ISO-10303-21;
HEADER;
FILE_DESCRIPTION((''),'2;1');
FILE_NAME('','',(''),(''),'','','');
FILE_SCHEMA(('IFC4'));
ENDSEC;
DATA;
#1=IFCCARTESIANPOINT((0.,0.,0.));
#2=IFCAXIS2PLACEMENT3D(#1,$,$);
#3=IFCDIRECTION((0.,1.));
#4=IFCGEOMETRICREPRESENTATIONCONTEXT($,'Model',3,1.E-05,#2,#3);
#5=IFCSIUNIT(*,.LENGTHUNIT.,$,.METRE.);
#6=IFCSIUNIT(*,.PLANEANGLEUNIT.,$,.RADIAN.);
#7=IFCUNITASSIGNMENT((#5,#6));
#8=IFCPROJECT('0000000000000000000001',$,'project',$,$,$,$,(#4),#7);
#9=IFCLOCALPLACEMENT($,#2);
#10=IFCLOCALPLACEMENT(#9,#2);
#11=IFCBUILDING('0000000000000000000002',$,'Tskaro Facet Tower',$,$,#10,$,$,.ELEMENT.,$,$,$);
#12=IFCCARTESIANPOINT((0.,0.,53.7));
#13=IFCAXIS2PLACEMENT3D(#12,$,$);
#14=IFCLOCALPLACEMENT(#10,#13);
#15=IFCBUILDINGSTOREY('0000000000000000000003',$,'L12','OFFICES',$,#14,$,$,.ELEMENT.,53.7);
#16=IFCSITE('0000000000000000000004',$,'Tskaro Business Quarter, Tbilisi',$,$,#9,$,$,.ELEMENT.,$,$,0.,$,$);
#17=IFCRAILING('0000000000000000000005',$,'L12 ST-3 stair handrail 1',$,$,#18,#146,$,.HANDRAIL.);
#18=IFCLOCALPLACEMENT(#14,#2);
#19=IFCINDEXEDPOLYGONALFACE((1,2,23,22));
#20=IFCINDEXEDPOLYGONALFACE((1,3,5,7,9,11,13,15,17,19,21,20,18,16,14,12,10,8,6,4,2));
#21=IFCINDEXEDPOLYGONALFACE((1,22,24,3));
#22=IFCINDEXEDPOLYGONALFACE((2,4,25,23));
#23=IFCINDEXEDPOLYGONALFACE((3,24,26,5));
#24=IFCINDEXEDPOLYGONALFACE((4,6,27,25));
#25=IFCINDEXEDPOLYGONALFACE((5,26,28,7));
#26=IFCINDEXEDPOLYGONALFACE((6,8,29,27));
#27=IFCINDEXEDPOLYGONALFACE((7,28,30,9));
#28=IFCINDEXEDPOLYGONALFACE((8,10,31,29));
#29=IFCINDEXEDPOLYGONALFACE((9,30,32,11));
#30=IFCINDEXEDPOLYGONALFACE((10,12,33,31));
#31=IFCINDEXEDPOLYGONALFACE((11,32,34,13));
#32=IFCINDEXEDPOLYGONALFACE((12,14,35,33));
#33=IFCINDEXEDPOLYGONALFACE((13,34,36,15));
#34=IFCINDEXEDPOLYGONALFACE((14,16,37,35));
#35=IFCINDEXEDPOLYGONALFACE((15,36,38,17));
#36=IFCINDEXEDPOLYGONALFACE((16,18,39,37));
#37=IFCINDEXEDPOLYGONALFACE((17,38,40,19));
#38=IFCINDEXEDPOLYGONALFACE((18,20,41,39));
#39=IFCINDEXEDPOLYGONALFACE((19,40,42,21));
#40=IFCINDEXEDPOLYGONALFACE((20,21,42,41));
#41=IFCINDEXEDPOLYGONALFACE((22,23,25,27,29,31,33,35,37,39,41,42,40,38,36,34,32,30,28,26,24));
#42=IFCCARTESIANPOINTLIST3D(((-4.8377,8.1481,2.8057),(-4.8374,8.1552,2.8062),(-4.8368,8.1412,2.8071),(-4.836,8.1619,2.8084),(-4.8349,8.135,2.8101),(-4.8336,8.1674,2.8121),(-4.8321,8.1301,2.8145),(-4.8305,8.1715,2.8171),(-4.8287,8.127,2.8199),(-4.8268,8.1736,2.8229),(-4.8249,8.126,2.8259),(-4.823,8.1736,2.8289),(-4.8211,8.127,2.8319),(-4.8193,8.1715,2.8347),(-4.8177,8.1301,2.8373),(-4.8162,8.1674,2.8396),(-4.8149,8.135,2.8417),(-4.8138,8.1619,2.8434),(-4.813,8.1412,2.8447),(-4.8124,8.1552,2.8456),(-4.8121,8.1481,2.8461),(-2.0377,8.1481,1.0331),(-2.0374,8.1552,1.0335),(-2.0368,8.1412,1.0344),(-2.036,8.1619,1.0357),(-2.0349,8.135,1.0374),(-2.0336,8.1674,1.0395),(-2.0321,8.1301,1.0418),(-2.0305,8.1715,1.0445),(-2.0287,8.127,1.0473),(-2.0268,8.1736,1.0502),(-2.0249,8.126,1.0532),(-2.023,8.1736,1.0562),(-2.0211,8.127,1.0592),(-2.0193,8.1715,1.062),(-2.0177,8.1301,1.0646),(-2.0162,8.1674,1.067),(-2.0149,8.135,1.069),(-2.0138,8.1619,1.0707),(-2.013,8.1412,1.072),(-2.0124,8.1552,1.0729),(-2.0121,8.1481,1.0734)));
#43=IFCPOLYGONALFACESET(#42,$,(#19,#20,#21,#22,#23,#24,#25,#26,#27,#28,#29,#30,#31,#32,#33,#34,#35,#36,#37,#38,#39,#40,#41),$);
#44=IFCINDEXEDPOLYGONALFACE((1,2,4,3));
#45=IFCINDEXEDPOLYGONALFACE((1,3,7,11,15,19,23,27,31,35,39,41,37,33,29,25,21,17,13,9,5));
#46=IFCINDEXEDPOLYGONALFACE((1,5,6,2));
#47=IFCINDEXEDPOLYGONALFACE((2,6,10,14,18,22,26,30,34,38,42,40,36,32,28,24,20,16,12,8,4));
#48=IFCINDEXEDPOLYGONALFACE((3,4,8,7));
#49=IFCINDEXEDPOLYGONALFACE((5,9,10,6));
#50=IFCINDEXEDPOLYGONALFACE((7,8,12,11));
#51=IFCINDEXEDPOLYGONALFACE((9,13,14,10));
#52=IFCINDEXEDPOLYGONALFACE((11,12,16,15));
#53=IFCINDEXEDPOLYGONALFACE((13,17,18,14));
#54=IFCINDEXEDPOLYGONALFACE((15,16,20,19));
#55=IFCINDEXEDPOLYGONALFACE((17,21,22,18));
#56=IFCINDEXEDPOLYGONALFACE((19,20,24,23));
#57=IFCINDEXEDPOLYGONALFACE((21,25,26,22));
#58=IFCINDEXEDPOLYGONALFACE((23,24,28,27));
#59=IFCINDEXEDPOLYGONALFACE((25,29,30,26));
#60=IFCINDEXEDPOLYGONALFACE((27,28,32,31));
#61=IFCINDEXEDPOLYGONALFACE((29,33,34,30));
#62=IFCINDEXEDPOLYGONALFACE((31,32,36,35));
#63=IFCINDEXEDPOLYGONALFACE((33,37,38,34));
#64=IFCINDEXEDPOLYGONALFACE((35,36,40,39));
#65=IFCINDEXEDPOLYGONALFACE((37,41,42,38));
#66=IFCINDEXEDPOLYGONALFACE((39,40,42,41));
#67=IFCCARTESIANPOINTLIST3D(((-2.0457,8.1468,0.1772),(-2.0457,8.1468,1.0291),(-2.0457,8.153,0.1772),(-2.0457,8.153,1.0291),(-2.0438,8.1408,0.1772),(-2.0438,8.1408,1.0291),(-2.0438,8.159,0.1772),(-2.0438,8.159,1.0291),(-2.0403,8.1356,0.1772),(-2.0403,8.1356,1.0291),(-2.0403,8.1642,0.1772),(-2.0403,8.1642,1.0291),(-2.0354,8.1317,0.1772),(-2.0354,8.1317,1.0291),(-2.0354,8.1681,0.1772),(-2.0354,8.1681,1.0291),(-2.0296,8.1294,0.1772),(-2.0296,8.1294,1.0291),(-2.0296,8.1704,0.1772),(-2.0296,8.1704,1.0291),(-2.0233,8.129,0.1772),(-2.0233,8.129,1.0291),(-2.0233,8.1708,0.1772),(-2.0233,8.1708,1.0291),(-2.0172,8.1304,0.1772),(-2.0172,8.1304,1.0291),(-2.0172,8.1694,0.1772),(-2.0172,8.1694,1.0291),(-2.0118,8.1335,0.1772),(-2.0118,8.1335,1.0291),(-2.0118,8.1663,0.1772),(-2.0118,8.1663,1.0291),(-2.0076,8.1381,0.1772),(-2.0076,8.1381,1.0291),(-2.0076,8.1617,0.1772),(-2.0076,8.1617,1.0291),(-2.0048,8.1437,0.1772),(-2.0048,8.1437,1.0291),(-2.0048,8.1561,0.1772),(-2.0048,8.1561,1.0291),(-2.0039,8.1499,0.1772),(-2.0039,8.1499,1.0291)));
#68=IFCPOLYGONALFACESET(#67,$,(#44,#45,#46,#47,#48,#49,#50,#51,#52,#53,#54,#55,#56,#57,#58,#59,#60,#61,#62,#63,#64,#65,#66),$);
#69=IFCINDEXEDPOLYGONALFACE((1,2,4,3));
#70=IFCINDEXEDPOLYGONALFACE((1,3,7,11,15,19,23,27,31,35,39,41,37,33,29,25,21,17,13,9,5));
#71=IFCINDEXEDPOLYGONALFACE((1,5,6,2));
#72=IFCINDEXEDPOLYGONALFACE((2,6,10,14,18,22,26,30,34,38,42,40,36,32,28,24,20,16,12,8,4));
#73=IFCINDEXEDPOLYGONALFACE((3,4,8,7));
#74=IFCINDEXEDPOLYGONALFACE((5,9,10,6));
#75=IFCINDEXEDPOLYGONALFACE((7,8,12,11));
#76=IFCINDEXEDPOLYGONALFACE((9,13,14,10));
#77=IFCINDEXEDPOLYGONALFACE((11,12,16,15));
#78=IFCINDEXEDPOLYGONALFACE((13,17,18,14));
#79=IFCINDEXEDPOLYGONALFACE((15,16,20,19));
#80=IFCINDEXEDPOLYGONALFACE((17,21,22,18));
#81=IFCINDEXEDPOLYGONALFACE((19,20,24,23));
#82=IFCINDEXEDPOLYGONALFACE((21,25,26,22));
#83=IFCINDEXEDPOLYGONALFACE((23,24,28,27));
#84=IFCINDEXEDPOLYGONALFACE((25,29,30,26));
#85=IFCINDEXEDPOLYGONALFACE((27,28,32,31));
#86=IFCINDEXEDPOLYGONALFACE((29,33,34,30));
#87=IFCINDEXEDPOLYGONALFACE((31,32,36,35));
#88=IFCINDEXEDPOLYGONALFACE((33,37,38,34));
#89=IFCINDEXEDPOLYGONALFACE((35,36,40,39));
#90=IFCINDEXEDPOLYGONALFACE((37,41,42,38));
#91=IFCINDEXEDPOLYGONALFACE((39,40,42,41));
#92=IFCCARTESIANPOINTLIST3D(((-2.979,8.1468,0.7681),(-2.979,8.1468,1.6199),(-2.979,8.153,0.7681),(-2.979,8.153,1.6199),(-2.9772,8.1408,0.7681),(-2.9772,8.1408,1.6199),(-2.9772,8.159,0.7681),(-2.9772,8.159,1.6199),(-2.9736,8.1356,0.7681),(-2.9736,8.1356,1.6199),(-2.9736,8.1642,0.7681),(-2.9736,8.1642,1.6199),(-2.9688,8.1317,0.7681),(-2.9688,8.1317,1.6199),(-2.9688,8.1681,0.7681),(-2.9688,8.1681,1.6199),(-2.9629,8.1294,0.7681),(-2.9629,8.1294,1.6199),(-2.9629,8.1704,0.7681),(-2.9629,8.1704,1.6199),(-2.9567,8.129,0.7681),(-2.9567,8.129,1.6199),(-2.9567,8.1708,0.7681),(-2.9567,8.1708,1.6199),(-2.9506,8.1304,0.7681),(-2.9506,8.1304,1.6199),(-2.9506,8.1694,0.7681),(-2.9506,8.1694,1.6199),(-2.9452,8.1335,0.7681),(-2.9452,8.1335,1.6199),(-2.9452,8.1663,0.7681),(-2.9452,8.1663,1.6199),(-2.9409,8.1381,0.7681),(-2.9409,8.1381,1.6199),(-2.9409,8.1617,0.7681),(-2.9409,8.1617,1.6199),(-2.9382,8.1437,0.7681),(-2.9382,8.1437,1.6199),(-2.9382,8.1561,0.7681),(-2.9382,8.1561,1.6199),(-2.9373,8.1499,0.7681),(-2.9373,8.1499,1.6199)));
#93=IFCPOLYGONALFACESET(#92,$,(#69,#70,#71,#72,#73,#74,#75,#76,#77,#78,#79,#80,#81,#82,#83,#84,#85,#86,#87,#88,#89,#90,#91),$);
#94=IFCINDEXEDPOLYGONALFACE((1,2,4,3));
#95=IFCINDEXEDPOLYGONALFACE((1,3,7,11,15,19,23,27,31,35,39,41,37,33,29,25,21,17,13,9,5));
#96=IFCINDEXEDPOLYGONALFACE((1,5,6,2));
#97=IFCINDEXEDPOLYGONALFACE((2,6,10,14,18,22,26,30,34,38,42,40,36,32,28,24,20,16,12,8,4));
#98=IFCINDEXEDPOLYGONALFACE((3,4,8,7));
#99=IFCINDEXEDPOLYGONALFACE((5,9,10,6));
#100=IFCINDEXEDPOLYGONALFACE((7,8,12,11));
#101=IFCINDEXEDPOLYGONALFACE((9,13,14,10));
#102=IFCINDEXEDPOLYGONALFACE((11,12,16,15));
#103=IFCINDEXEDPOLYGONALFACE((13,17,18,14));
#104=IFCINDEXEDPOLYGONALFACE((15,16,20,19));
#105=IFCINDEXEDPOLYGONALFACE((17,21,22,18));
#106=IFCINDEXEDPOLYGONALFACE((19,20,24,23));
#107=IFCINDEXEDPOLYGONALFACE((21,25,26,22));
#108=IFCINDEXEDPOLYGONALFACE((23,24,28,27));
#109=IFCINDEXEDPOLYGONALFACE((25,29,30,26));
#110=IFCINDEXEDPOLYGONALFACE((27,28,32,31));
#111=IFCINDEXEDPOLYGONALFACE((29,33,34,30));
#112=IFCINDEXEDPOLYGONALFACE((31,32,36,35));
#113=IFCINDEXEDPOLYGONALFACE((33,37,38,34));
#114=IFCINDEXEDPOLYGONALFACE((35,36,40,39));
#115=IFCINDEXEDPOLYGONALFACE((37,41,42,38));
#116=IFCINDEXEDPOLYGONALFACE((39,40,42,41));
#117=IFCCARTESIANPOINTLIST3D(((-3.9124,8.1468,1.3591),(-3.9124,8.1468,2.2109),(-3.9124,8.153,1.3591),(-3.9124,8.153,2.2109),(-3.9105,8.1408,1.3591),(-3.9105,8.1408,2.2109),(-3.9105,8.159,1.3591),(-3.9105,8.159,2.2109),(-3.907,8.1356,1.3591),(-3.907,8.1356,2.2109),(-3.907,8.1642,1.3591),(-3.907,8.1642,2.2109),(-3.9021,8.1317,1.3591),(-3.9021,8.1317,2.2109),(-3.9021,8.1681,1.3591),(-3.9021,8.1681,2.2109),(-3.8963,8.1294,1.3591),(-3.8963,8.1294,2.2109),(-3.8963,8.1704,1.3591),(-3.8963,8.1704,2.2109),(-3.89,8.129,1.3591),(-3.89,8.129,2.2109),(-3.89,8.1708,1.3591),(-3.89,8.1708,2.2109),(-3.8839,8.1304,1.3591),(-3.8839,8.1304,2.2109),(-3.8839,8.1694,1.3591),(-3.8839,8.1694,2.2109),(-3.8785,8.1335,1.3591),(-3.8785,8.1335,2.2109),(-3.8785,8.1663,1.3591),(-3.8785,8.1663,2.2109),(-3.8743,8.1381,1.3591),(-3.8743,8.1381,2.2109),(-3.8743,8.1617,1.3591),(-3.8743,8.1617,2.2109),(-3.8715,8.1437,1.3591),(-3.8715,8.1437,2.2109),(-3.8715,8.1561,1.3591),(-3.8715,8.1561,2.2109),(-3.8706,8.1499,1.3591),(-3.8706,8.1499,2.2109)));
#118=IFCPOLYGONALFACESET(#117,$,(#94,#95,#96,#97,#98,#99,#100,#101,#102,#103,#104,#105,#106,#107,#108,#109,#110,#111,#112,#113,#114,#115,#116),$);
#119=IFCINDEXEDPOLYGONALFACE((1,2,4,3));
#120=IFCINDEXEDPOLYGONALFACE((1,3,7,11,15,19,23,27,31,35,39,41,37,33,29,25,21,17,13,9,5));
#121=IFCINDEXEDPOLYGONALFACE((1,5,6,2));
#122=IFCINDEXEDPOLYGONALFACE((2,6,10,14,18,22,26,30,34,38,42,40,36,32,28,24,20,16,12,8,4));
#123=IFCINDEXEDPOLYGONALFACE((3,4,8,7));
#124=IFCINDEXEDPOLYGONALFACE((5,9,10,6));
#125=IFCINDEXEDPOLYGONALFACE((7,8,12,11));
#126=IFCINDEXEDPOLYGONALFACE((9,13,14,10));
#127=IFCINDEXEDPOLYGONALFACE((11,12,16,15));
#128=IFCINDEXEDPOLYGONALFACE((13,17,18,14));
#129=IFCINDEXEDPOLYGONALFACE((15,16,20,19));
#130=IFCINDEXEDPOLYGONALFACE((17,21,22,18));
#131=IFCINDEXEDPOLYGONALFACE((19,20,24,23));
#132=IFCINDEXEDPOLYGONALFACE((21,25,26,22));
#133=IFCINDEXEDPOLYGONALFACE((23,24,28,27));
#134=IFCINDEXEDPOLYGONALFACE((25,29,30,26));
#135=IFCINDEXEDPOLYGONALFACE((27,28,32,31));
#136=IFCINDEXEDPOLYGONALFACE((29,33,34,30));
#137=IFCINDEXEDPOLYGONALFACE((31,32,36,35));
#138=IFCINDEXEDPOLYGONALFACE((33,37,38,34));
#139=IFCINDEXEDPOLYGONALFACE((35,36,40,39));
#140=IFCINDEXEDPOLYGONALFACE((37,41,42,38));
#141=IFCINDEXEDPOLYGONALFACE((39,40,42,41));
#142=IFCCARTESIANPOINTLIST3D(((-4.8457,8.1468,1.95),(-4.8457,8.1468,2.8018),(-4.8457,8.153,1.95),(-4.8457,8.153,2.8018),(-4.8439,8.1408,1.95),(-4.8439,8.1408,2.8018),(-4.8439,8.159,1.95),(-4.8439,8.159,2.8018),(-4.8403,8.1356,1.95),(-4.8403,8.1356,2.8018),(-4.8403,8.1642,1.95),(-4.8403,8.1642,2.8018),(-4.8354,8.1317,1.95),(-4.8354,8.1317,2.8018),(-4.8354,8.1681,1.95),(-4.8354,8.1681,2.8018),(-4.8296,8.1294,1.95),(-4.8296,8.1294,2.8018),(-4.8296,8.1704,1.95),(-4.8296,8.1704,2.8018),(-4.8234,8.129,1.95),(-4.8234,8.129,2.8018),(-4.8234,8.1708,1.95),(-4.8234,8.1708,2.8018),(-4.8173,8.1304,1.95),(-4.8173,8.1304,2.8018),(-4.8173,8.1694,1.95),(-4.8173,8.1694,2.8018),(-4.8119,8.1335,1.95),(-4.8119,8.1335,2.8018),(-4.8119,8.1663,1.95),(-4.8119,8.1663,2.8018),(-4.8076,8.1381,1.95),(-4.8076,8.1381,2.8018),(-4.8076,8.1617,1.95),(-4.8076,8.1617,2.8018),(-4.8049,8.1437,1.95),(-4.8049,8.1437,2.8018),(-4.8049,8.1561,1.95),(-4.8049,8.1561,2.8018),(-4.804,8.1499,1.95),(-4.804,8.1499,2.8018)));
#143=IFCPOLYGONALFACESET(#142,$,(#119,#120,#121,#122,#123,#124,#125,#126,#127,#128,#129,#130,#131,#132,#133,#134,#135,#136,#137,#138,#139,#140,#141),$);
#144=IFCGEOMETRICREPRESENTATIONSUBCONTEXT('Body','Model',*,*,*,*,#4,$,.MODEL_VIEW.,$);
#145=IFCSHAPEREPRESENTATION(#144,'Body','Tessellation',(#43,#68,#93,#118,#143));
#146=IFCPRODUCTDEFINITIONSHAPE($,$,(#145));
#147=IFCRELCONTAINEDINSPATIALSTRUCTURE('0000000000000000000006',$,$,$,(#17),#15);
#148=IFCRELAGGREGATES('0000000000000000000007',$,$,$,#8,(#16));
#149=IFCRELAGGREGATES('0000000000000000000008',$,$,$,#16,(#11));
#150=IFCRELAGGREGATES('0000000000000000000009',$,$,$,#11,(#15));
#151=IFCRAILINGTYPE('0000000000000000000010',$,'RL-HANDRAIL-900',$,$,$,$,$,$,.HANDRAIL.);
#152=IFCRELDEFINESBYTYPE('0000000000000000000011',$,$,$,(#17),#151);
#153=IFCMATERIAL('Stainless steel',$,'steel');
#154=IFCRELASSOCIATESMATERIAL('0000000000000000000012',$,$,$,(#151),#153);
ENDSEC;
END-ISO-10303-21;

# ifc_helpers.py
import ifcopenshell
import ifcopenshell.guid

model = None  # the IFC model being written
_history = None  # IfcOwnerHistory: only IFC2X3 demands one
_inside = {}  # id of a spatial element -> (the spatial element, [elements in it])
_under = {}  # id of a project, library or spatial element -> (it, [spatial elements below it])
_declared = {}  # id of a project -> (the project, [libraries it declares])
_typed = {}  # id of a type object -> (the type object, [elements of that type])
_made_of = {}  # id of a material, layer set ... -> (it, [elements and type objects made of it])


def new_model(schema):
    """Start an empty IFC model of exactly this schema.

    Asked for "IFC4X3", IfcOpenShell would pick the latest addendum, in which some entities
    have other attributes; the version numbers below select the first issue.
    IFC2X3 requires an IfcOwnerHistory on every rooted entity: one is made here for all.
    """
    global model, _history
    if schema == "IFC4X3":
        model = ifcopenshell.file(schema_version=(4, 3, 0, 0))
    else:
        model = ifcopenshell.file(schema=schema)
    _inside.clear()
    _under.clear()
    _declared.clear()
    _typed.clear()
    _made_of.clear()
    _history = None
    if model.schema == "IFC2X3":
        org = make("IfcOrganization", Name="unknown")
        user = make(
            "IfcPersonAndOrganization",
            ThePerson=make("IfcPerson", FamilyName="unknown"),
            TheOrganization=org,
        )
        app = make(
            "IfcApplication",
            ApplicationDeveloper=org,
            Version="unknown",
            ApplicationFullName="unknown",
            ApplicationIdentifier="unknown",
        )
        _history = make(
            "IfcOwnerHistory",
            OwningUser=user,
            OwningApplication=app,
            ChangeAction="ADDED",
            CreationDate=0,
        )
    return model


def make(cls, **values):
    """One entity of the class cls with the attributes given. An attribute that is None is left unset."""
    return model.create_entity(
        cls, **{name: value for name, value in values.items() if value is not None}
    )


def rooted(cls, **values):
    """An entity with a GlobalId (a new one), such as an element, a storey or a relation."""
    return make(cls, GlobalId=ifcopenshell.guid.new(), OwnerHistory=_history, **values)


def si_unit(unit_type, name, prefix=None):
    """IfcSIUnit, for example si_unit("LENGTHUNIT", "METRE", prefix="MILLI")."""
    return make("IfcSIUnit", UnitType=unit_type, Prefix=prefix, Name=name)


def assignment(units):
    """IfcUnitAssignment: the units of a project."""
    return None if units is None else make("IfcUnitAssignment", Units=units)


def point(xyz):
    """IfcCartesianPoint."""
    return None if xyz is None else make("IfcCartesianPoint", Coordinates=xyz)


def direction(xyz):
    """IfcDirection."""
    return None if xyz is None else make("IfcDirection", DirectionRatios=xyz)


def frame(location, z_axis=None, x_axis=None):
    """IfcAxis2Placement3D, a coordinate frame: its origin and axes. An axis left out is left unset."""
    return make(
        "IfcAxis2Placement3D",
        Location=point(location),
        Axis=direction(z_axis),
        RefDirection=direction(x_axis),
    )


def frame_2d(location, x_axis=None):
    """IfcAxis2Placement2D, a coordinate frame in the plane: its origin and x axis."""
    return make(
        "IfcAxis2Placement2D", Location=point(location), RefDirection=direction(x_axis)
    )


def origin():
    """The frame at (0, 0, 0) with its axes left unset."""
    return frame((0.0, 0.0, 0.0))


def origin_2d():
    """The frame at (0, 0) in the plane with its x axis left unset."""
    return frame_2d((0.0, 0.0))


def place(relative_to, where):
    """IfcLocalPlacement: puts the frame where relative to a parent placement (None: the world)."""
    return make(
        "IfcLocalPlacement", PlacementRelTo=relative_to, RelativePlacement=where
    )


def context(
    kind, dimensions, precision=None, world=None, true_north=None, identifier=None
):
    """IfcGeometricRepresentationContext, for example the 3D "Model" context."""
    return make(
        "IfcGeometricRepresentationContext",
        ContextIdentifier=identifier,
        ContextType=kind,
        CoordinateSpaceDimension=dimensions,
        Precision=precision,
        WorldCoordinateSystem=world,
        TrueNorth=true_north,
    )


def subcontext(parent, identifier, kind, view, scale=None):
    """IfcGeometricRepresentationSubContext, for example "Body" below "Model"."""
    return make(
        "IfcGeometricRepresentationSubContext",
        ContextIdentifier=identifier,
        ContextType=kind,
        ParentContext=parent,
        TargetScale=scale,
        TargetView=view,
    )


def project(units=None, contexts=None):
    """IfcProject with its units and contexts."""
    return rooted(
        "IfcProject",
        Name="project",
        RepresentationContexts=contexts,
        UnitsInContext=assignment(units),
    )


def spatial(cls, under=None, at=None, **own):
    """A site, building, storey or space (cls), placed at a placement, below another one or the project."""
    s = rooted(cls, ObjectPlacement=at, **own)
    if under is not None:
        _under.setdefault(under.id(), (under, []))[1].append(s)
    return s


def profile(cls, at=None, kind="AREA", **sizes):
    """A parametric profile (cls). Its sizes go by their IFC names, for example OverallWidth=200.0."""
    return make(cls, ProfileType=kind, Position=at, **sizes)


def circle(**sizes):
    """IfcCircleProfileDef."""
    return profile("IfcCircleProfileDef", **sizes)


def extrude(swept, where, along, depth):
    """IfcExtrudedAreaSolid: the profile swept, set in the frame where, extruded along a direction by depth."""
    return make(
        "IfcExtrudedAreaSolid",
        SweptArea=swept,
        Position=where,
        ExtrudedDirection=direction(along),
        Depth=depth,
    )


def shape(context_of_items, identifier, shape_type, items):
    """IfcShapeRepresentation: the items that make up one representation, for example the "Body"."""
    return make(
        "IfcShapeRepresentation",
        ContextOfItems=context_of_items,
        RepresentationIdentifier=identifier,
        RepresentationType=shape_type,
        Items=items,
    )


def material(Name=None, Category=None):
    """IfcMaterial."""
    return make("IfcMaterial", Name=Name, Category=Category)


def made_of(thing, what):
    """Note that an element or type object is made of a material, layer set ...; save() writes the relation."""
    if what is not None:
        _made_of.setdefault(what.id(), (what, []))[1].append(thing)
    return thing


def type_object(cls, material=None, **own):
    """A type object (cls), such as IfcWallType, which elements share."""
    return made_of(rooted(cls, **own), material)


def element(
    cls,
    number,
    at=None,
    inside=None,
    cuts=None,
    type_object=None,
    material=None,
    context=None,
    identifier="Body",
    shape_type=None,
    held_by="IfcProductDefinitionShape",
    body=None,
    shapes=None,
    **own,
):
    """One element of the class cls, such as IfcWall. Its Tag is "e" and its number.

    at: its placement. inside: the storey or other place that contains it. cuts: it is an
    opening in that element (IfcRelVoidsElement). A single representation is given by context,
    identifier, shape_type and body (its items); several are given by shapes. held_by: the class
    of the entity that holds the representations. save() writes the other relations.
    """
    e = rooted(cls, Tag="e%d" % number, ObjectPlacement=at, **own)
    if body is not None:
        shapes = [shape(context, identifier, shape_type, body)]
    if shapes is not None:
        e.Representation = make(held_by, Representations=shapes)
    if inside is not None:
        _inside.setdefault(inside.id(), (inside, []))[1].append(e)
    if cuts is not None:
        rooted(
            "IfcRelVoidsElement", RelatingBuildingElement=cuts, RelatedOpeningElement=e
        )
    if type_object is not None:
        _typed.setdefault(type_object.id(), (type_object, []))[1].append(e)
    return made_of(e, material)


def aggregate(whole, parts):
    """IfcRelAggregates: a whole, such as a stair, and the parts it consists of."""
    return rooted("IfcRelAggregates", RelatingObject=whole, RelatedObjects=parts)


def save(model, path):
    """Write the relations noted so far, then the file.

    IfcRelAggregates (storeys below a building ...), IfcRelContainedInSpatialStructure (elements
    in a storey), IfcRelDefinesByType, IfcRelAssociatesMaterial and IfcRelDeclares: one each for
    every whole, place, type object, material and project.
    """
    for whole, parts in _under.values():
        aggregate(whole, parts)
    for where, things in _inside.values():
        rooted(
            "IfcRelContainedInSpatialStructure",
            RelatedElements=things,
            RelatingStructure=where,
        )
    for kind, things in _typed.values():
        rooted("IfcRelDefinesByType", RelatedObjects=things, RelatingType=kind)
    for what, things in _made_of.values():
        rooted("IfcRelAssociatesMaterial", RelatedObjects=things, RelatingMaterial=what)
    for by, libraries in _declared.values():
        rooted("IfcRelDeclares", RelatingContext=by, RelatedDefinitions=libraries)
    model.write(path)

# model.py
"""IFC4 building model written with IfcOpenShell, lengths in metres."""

from ifc_helpers import new_model, si_unit, direction, frame, origin, origin_2d, place, context, subcontext, project, spatial, circle, extrude, material, type_object, element, save


model = new_model("IFC4")

# Units and contexts
model_context = context("Model", 3, precision=1e-05, world=origin(), true_north=direction((0.0, 1.0)))
body_context = subcontext(model_context, "Body", "Model", "MODEL_VIEW")
ifc_project = project(units=[si_unit("LENGTHUNIT", "METRE"), si_unit("PLANEANGLEUNIT", "RADIAN")], contexts=[model_context])

# Site, building, storey
site_placement = place(None, origin())
site = spatial("IfcSite", under=ifc_project, at=site_placement, Name="Tskaro Business Quarter, Tbilisi", CompositionType="ELEMENT", RefElevation=0.0)
building_placement = place(site_placement, origin())
building = spatial("IfcBuilding", under=site, at=building_placement, Name="Tskaro Facet Tower", CompositionType="ELEMENT")
storey_placement = place(building_placement, frame((0.0, 0.0, 53.7)))
storey = spatial("IfcBuildingStorey", under=building, at=storey_placement, Name="L12", Description="OFFICES", CompositionType="ELEMENT", Elevation=53.7)

# Railing
ifc_material_1 = material(Name="Stainless steel", Category="steel")
railing_type_1 = type_object("IfcRailingType", Name="RL-HANDRAIL-900", PredefinedType="HANDRAIL", material=ifc_material_1)
railing_1_placement = place(storey_placement, frame((-2.0249, 8.1499, 0.1772)))
element("IfcRailing", 1, at=railing_1_placement, inside=storey, type_object=railing_type_1, Name="L12 ST-3 stair handrail 1", PredefinedType="HANDRAIL", context=body_context, shape_type="SweptSolid", body=[
    extrude(circle(Radius=0.0239, at=origin_2d()), frame((0.0, 0.0, 0.876), z_axis=(-0.844909, 0.0, 0.53491), x_axis=(0.0, -1.0, 0.0)), (0.0, 0.0, 1.0), 3.314),
    extrude(circle(Radius=0.021, at=origin_2d()), origin(), (0.0, 0.0, 1.0), 0.8518),
    extrude(circle(Radius=0.021, at=origin_2d()), frame((-0.9333, 0.0, 0.5908)), (0.0, 0.0, 1.0), 0.8518),
    extrude(circle(Radius=0.021, at=origin_2d()), frame((-1.8667, 0.0, 1.1819)), (0.0, 0.0, 1.0), 0.8518),
    extrude(circle(Radius=0.021, at=origin_2d()), frame((-2.8, 0.0, 1.7727)), (0.0, 0.0, 1.0), 0.8518),
])

save(model, "model.ifc")
